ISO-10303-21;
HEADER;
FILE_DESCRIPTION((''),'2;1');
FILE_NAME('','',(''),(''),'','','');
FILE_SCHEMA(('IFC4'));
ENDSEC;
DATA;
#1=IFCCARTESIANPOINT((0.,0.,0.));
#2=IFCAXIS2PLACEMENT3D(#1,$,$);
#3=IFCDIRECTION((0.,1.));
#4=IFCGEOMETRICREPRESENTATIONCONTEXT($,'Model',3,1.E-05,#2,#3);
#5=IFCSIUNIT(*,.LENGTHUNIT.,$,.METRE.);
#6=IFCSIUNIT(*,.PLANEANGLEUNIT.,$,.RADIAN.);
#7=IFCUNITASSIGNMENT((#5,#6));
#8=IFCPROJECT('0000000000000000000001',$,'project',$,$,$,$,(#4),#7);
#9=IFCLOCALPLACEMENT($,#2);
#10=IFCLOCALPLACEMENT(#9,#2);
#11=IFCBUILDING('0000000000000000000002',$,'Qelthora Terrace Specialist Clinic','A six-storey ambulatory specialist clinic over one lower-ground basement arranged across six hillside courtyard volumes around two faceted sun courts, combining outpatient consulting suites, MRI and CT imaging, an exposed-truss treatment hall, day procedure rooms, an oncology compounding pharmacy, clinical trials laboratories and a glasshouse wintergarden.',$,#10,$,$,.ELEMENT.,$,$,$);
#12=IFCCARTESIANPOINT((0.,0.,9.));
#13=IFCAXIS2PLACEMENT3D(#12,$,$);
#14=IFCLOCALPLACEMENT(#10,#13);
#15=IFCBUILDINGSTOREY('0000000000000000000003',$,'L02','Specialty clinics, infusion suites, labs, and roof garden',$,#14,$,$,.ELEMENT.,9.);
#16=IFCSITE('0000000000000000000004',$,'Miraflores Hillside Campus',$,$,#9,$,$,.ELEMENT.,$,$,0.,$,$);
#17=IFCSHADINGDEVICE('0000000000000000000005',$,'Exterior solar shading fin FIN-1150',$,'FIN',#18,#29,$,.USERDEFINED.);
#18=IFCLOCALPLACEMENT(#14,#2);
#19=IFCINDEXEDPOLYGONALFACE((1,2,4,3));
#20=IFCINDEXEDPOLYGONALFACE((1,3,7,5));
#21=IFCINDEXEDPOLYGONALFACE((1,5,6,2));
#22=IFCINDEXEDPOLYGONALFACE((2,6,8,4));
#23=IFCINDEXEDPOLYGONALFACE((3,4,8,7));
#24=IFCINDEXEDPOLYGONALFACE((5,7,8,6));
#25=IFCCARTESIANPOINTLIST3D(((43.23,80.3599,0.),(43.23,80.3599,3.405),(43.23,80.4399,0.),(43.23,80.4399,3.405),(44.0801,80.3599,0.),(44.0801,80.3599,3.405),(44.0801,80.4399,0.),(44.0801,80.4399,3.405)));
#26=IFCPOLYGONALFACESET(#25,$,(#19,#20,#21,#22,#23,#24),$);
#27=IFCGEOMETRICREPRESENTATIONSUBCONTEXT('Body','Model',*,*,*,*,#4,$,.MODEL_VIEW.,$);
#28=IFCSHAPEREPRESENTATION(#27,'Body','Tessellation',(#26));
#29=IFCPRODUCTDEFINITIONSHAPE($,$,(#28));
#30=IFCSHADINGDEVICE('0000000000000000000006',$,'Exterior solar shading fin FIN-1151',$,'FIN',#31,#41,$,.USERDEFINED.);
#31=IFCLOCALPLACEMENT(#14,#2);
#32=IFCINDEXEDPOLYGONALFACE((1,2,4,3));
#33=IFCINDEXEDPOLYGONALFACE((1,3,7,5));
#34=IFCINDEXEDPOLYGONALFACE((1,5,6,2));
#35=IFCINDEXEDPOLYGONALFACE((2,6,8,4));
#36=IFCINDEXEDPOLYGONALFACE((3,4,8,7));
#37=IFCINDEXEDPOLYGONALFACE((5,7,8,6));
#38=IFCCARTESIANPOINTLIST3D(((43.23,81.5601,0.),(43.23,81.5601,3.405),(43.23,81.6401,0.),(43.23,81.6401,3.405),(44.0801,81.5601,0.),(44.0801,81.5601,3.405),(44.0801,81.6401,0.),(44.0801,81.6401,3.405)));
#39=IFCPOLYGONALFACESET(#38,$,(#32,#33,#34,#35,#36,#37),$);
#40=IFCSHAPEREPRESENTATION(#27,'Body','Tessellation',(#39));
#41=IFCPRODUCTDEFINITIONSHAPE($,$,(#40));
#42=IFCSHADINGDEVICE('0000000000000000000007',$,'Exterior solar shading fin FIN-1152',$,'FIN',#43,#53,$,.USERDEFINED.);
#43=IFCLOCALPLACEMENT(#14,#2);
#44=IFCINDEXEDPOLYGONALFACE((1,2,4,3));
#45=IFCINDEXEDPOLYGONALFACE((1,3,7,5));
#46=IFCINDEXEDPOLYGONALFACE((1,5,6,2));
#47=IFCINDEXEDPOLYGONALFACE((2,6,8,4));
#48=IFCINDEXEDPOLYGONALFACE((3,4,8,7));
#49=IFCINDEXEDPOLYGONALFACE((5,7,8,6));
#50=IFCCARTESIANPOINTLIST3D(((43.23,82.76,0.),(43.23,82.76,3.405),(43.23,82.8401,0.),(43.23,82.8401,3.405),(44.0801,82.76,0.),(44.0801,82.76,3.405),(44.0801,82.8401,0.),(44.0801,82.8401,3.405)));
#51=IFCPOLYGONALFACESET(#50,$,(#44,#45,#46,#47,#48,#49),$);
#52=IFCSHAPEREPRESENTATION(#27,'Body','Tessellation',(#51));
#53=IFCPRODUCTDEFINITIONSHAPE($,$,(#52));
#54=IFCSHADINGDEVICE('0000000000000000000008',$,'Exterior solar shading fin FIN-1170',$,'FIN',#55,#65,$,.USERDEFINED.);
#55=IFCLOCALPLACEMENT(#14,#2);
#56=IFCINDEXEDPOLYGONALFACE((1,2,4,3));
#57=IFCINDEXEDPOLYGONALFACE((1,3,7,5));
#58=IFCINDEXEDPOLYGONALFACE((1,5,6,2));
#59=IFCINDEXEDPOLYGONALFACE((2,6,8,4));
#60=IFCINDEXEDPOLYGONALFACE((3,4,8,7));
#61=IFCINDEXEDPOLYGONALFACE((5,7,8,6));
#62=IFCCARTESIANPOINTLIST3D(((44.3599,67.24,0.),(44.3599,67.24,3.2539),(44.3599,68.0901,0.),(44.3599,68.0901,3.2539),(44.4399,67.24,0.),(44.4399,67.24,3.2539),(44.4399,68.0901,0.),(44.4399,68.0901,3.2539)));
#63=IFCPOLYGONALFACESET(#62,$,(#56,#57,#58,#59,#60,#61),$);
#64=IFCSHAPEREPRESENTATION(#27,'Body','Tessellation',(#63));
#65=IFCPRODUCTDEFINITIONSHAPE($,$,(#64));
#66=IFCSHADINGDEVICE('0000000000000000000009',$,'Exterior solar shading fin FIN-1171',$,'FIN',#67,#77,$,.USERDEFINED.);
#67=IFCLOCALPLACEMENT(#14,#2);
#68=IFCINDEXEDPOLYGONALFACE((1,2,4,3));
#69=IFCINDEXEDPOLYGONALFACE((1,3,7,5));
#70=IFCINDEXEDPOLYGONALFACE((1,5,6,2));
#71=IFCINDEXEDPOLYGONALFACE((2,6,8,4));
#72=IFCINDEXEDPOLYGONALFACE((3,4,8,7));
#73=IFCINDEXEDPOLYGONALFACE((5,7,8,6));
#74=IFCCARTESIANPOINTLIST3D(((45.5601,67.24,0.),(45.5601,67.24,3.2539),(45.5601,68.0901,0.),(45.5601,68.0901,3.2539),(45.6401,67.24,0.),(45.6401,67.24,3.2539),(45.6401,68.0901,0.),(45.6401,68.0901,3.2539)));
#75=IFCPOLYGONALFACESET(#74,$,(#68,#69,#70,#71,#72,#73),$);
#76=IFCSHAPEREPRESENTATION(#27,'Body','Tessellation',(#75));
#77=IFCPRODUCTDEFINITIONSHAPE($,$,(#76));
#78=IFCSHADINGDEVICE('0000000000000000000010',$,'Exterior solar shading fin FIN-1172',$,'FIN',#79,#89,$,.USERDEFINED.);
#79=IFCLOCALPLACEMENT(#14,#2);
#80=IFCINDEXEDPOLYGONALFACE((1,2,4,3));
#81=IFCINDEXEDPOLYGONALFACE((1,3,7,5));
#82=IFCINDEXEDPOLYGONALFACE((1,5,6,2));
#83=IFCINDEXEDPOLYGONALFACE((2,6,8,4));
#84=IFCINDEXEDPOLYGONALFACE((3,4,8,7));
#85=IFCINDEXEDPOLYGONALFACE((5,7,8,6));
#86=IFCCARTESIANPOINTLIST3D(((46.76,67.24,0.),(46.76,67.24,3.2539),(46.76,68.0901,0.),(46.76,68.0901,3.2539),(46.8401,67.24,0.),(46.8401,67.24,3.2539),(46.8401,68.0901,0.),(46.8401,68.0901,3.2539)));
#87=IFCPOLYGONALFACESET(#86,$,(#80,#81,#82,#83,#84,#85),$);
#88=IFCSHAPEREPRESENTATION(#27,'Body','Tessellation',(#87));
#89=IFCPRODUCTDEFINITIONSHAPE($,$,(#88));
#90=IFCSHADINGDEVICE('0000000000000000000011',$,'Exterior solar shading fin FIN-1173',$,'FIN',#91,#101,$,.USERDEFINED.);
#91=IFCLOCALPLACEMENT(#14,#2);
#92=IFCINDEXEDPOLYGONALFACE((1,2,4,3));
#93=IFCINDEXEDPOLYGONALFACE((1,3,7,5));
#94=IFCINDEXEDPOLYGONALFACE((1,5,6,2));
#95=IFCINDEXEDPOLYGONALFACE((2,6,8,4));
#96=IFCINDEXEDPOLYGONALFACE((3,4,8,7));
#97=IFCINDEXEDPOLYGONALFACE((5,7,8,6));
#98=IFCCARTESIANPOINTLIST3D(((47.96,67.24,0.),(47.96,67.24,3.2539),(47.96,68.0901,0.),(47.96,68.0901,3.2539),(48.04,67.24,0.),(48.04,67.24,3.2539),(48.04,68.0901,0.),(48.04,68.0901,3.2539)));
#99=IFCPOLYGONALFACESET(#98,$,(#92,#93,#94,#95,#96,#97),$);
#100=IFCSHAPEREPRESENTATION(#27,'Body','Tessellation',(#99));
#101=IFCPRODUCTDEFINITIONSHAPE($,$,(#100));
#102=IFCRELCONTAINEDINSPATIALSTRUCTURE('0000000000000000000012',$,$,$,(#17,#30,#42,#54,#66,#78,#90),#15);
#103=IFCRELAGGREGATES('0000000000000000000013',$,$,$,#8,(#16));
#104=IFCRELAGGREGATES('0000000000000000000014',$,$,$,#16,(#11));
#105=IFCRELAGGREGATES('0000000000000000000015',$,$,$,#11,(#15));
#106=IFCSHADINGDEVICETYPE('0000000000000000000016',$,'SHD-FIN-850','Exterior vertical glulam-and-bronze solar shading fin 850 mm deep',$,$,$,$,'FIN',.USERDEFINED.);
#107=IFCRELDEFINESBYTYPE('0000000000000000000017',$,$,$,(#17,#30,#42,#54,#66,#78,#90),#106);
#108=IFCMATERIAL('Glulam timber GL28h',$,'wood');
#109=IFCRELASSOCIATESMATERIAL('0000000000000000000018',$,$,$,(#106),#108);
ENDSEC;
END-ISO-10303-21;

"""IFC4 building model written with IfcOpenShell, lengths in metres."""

from ifc_helpers import new_model, si_unit, direction, frame, origin, origin_2d, place, context, subcontext, project, spatial, rectangle, extrude, material, type_object, element, save


model = new_model("IFC4")

# Units and contexts
model_context = context("Model", 3, precision=1e-05, world=origin(), true_north=direction((0.0, 1.0)))
body_context = subcontext(model_context, "Body", "Model", "MODEL_VIEW")
ifc_project = project(units=[si_unit("LENGTHUNIT", "METRE"), si_unit("PLANEANGLEUNIT", "RADIAN")], contexts=[model_context])

# Site, building, storey
site_placement = place(None, origin())
site = spatial("IfcSite", under=ifc_project, at=site_placement, Name="Miraflores Hillside Campus", CompositionType="ELEMENT", RefElevation=0.0)
building_placement = place(site_placement, origin())
building = spatial("IfcBuilding", under=site, at=building_placement, Name="Qelthora Terrace Specialist Clinic", Description="A six-storey ambulatory specialist clinic over one lower-ground basement arranged across six hillside courtyard volumes around two faceted sun courts, combining outpatient consulting suites, MRI and CT imaging, an exposed-truss treatment hall, day procedure rooms, an oncology compounding pharmacy, clinical trials laboratories and a glasshouse wintergarden.", CompositionType="ELEMENT")
storey_placement = place(building_placement, frame((0.0, 0.0, 9.0)))
storey = spatial("IfcBuildingStorey", under=building, at=storey_placement, Name="L02", Description="Specialty clinics, infusion suites, labs, and roof garden", CompositionType="ELEMENT", Elevation=9.0)

# Shading devices
ifc_material_1 = material(Name="Glulam timber GL28h", Category="wood")
shading_device_type = type_object("IfcShadingDeviceType", Name="SHD-FIN-850", Description="Exterior vertical glulam-and-bronze solar shading fin 850 mm deep", ElementType="FIN", PredefinedType="USERDEFINED", material=ifc_material_1)
for number, where, z_axis, x_axis, name in (
    (1, (43.655, 80.3999, 0.0), (0.0, 0.0, 1.0), (1.0, 0.0, 0.0), "Exterior solar shading fin FIN-1150"),
    (2, (43.655, 81.6001, 0.0), (0.0, 0.0, 1.0), (1.0, 0.0, 0.0), "Exterior solar shading fin FIN-1151"),
    (3, (43.655, 82.8, 0.0), (0.0, 0.0, 1.0), (1.0, 0.0, 0.0), "Exterior solar shading fin FIN-1152"),
):
    element("IfcShadingDevice", number, at=place(storey_placement, frame(where, z_axis=z_axis, x_axis=x_axis)), inside=storey, type_object=shading_device_type, Name=name, ObjectType="FIN", PredefinedType="USERDEFINED", context=body_context, shape_type="SweptSolid", body=[
        extrude(rectangle(XDim=0.8501, YDim=0.0801, at=origin_2d()), origin(), (0.0, 0.0, 1.0), 3.405),
    ])
for number, where, z_axis, x_axis, name in (
    (4, (44.3999, 67.665, 0.0), (0.0, 0.0, 1.0), (0.0, 1.0, 0.0), "Exterior solar shading fin FIN-1170"),
    (5, (45.6001, 67.665, 0.0), (0.0, 0.0, 1.0), (0.0, 1.0, 0.0), "Exterior solar shading fin FIN-1171"),
    (6, (46.8, 67.665, 0.0), (0.0, 0.0, 1.0), (0.0, 1.0, 0.0), "Exterior solar shading fin FIN-1172"),
    (7, (48.0, 67.665, 0.0), (0.0, 0.0, 1.0), (0.0, 1.0, 0.0), "Exterior solar shading fin FIN-1173"),
):
    element("IfcShadingDevice", number, at=place(storey_placement, frame(where, z_axis=z_axis, x_axis=x_axis)), inside=storey, type_object=shading_device_type, Name=name, ObjectType="FIN", PredefinedType="USERDEFINED", context=body_context, shape_type="SweptSolid", body=[
        extrude(rectangle(XDim=0.8501, YDim=0.0801, at=origin_2d()), origin(), (0.0, 0.0, 1.0), 3.2539),
    ])

save(model, "model.ifc")
